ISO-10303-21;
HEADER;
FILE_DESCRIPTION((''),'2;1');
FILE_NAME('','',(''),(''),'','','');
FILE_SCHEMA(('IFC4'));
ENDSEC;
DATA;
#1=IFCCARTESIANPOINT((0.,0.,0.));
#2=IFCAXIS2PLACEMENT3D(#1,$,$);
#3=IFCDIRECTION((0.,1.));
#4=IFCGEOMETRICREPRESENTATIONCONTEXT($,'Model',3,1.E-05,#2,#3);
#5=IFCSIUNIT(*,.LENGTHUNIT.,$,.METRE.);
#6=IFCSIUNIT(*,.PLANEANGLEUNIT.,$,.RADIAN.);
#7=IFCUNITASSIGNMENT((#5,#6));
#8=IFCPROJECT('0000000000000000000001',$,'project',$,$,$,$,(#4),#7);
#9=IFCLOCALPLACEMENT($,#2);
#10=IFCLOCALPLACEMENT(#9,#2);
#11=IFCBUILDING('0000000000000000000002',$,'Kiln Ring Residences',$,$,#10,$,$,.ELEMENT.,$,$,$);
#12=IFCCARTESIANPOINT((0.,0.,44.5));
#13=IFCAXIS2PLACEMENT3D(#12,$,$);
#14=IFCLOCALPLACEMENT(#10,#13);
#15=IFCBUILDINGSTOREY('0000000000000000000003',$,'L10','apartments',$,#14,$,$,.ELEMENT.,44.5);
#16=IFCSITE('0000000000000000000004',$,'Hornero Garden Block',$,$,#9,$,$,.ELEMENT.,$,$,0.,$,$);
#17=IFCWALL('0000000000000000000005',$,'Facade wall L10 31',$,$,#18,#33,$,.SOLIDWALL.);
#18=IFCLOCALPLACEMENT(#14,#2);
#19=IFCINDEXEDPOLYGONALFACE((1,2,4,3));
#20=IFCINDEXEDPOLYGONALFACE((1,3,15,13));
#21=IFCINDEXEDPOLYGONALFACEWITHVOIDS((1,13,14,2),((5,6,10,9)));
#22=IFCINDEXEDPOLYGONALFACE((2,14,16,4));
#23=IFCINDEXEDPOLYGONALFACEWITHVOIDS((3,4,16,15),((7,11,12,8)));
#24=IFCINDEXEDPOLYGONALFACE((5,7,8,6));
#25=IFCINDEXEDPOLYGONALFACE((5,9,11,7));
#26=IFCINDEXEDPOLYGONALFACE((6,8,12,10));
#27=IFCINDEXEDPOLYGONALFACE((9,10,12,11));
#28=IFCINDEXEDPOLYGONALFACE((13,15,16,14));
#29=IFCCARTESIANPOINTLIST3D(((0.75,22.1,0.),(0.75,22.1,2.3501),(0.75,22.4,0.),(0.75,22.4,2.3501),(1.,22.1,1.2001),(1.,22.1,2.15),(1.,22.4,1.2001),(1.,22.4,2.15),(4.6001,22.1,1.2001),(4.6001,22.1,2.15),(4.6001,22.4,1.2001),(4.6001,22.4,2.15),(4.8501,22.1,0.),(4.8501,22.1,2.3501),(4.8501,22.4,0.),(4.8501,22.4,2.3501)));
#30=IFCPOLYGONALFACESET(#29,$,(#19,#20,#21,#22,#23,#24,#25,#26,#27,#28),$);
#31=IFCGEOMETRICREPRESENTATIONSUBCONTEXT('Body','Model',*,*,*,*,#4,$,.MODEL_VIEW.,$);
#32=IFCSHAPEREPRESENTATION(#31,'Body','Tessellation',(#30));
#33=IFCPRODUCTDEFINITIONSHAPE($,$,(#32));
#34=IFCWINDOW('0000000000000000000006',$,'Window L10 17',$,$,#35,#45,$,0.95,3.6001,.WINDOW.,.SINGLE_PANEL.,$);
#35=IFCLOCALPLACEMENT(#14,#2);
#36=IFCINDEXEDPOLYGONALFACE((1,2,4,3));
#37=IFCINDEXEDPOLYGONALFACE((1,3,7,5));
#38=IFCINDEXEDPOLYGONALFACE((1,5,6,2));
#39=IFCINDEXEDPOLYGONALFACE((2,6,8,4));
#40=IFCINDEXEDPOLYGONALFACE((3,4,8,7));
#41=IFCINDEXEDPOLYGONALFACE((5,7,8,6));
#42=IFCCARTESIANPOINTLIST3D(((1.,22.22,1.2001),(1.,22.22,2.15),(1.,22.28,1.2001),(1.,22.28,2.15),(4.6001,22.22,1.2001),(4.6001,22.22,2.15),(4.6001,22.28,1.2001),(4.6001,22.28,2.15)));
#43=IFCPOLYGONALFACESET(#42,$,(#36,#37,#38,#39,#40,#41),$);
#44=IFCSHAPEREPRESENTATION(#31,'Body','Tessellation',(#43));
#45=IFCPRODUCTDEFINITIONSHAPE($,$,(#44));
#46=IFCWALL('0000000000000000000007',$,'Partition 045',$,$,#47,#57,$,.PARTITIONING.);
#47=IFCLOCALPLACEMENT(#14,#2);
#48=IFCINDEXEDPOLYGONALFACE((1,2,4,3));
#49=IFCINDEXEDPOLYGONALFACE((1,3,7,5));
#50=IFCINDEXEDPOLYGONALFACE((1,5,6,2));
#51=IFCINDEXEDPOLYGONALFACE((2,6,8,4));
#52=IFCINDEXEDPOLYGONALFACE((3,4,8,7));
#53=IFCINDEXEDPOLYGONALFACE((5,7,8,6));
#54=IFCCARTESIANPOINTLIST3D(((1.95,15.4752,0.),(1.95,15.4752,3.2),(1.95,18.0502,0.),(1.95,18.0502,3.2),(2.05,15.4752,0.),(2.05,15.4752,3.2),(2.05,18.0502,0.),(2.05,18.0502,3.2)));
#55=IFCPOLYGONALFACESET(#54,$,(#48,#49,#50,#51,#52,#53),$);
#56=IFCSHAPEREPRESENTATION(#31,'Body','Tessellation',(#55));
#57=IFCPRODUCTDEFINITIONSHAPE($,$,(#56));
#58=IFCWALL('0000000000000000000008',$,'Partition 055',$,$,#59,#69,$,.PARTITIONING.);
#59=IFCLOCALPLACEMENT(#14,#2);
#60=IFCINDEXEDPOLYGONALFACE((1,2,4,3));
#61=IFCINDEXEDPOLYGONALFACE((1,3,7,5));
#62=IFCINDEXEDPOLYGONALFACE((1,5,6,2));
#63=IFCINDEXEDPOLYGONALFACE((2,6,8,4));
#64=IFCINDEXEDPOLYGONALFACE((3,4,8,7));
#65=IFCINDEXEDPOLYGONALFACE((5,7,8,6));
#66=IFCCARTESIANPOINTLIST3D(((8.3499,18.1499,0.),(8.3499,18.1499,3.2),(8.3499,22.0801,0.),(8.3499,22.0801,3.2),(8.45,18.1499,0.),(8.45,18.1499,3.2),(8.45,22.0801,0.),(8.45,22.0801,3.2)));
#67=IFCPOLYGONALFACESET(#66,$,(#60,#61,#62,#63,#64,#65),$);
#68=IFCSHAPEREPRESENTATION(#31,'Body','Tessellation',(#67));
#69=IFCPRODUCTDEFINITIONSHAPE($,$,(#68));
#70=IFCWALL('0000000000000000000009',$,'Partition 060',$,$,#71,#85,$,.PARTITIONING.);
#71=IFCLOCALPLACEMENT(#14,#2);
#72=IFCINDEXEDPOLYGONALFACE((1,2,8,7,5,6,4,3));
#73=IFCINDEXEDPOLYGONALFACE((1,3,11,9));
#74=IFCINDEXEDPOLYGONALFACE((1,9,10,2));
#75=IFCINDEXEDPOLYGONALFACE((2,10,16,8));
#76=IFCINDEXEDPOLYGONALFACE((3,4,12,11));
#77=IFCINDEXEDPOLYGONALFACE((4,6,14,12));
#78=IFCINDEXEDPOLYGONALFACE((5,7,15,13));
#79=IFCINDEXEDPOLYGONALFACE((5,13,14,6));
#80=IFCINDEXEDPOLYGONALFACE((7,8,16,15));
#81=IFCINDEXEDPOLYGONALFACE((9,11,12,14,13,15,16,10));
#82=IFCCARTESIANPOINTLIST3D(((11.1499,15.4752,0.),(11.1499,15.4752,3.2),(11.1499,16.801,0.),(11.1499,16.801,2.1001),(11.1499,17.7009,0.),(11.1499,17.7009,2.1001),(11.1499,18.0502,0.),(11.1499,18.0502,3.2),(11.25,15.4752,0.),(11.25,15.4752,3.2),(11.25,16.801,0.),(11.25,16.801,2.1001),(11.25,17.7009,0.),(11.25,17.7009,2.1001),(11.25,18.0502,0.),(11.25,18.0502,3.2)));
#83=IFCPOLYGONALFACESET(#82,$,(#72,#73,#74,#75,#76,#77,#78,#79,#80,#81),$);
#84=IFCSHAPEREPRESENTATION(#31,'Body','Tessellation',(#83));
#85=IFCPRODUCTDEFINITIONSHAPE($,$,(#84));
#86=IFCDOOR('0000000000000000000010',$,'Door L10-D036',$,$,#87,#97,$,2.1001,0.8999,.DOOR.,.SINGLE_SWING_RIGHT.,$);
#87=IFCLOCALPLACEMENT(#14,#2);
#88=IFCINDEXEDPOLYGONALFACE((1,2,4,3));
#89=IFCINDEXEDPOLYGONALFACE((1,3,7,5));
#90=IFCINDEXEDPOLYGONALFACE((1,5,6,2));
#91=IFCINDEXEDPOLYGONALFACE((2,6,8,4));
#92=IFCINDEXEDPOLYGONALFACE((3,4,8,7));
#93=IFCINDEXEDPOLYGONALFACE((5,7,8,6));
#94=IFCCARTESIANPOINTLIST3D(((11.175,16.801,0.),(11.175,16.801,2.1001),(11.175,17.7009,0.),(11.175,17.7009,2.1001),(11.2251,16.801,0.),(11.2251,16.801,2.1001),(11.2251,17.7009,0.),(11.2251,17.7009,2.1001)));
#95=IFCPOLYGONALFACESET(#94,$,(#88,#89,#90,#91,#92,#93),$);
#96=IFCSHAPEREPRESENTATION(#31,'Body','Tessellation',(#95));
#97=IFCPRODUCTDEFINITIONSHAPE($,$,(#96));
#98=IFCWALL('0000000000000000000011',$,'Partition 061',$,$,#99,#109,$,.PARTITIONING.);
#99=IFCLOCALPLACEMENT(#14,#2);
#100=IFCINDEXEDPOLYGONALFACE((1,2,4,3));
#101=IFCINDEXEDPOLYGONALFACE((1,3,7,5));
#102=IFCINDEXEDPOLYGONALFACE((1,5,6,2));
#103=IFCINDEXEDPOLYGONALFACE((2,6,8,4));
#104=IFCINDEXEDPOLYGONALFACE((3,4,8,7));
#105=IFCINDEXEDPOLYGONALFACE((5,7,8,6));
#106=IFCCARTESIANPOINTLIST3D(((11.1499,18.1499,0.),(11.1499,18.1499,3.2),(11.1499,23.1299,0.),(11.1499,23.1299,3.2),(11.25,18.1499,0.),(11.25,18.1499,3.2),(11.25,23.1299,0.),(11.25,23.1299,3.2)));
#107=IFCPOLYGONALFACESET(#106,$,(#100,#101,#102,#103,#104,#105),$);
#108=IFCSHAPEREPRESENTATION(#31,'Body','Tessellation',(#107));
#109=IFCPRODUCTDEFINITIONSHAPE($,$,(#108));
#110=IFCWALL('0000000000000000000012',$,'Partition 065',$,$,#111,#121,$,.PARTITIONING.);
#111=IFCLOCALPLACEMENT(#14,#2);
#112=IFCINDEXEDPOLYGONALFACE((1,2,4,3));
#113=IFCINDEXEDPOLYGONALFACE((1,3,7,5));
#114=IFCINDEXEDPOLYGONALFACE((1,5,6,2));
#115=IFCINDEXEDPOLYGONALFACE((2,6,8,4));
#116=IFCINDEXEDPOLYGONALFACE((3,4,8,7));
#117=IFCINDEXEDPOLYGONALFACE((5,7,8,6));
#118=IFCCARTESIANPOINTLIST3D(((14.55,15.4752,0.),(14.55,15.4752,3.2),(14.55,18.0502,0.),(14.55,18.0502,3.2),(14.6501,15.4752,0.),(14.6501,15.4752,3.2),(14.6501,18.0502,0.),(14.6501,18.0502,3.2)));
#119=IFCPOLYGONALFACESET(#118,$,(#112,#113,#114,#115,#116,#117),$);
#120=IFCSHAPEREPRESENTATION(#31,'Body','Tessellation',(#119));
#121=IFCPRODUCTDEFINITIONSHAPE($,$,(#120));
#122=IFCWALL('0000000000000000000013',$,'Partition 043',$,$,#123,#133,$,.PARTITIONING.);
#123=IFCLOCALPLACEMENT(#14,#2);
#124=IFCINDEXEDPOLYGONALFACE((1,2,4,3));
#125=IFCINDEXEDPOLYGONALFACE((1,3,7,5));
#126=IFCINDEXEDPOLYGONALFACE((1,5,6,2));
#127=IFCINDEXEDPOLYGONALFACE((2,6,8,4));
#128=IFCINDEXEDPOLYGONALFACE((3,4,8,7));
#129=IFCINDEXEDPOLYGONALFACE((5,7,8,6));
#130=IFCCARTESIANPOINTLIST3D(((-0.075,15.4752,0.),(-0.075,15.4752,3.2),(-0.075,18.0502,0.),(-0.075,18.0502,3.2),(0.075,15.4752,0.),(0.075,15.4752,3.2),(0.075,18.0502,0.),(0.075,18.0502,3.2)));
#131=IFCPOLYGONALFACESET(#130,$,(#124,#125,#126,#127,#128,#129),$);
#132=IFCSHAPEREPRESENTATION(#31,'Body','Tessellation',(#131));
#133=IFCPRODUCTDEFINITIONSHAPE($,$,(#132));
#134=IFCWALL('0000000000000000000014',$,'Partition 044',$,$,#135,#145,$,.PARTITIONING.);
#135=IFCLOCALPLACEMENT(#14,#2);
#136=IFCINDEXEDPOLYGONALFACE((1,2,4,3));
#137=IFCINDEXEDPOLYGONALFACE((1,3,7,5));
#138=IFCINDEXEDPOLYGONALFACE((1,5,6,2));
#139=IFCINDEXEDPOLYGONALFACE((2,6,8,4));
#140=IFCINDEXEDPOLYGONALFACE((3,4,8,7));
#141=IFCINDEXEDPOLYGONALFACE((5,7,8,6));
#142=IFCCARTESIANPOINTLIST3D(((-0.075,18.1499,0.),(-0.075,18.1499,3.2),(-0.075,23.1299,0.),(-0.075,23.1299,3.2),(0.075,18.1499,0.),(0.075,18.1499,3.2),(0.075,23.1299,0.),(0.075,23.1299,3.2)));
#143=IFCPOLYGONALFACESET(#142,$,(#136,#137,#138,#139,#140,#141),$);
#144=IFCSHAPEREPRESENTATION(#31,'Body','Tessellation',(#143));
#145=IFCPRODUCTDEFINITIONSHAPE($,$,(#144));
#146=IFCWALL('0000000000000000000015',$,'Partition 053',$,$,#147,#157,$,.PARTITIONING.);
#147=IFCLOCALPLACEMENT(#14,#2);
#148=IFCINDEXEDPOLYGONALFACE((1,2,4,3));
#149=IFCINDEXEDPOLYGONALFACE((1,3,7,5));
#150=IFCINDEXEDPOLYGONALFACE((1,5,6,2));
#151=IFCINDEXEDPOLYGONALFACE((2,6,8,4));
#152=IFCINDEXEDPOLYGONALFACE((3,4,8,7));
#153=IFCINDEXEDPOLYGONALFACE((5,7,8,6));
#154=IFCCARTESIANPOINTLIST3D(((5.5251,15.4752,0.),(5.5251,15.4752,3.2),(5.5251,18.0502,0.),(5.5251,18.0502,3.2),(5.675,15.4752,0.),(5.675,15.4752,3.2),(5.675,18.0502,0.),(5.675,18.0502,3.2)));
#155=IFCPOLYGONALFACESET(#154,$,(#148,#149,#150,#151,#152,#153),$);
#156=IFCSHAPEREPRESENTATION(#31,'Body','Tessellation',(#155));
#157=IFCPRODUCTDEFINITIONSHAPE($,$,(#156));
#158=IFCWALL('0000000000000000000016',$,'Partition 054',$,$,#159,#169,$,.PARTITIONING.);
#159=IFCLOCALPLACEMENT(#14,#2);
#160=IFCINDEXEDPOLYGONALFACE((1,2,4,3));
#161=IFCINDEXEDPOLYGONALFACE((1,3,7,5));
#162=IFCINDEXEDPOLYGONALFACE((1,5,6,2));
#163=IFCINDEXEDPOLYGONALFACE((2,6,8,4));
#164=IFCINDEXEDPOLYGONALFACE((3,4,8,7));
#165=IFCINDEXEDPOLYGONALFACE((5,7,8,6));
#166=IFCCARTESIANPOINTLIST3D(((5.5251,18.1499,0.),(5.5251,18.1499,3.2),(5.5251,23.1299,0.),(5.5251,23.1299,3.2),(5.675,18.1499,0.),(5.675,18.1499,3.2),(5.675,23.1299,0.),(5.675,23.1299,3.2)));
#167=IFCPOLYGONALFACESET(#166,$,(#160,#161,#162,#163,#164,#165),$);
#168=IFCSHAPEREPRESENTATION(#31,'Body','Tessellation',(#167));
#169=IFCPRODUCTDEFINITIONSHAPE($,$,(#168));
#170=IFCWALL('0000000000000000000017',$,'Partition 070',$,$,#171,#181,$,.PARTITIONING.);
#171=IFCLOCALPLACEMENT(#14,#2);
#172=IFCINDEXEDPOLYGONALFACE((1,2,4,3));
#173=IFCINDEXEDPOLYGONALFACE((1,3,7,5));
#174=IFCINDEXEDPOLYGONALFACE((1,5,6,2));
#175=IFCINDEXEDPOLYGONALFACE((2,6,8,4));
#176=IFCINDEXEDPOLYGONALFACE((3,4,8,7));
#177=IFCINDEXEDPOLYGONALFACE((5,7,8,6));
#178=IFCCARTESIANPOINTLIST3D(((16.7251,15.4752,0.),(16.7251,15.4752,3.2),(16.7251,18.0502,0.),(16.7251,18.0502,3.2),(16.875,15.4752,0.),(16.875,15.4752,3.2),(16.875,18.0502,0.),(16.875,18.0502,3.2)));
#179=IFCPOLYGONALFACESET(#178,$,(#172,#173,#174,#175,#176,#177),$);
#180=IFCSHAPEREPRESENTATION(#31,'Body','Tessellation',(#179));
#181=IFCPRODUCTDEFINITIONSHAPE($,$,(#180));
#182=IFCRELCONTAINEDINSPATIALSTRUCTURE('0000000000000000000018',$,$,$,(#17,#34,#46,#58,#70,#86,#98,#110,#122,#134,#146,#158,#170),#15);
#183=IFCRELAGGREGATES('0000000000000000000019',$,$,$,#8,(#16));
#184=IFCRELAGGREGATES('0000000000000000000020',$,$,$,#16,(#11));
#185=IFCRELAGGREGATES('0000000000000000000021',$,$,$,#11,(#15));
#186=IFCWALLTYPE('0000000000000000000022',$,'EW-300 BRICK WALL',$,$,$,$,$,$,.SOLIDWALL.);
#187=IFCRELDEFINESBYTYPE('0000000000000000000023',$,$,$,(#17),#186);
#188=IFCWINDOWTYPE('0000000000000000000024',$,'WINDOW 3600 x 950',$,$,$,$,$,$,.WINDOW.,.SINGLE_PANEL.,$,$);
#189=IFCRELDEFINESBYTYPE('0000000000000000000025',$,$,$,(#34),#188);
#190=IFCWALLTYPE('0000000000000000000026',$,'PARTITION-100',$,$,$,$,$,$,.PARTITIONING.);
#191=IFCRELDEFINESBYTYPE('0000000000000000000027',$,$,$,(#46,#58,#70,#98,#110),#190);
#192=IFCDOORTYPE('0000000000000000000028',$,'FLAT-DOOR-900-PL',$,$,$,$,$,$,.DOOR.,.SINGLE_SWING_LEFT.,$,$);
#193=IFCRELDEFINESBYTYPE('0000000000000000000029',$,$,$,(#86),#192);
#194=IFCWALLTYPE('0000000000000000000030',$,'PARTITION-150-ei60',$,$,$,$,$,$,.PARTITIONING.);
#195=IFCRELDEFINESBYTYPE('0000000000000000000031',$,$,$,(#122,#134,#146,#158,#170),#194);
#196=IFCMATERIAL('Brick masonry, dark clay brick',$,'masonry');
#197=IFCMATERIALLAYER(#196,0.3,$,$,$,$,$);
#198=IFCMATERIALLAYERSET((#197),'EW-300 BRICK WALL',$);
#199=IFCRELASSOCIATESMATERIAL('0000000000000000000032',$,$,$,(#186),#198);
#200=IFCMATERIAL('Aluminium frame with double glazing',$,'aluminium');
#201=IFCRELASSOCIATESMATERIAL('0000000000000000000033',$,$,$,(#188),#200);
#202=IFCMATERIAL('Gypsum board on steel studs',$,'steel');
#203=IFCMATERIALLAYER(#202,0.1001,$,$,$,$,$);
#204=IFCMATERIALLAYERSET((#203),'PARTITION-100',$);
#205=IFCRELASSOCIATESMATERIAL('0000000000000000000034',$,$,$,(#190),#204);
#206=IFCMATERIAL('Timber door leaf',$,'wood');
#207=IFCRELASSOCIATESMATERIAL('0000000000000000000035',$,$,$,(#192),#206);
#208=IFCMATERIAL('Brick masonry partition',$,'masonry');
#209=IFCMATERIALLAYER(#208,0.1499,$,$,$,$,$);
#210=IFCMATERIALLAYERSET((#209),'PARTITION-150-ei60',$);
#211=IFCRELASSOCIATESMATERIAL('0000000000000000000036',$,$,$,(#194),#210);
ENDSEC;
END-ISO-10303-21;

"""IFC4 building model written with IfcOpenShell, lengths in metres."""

from ifc_helpers import new_model, si_unit, direction, frame, frame_2d, origin, place, context, subcontext, project, spatial, rectangle, extrude, material, layer, layer_set, type_object, element, fill, save


model = new_model("IFC4")

# Units and contexts
model_context = context("Model", 3, precision=1e-05, world=origin(), true_north=direction((0.0, 1.0)))
body_context = subcontext(model_context, "Body", "Model", "MODEL_VIEW")
ifc_project = project(units=[si_unit("LENGTHUNIT", "METRE"), si_unit("PLANEANGLEUNIT", "RADIAN")], contexts=[model_context])

# Site, building, storey
site_placement = place(None, origin())
site = spatial("IfcSite", under=ifc_project, at=site_placement, Name="Hornero Garden Block", CompositionType="ELEMENT", RefElevation=0.0)
building_placement = place(site_placement, origin())
building = spatial("IfcBuilding", under=site, at=building_placement, Name="Kiln Ring Residences", CompositionType="ELEMENT")
storey_placement = place(building_placement, frame((0.0, 0.0, 44.5)))
storey = spatial("IfcBuildingStorey", under=building, at=storey_placement, Name="L10", Description="apartments", CompositionType="ELEMENT", Elevation=44.5)

# Shared definitions
ifc_material_1 = material(Name="Brick masonry, dark clay brick", Category="masonry")
ifc_layer_1 = layer(ifc_material_1, 0.3)
ifc_layer_set_1 = layer_set([ifc_layer_1], Name="EW-300 BRICK WALL")
wall_type_1 = type_object("IfcWallType", Name="EW-300 BRICK WALL", PredefinedType="SOLIDWALL", material=ifc_layer_set_1)
ifc_material_2 = material(Name="Aluminium frame with double glazing", Category="aluminium")
window_type_1 = type_object("IfcWindowType", Name="WINDOW 3600 x 950", PartitioningType="SINGLE_PANEL", PredefinedType="WINDOW", material=ifc_material_2)

# Wall, opening, window
wall_1_placement = place(storey_placement, frame((4.8501, 22.25, 0.0), z_axis=(0.0, 0.0, 1.0), x_axis=(-1.0, 0.0, 0.0)))
wall_1 = element("IfcWall", 1, at=wall_1_placement, inside=storey, type_object=wall_type_1, Name="Facade wall L10 31", PredefinedType="SOLIDWALL", context=body_context, shape_type="SweptSolid", body=[
    extrude(rectangle(XDim=4.1001, YDim=0.3, at=frame_2d((2.05, 0.0))), origin(), (0.0, 0.0, 1.0), 2.3501),
])
opening_1_placement = place(wall_1_placement, frame((0.25, 0.0, 1.2)))
opening_1 = element("IfcOpeningElement", 2, at=opening_1_placement, cuts=wall_1, PredefinedType="OPENING", context=body_context, shape_type="SweptSolid", body=[
    extrude(rectangle(XDim=3.6001, YDim=0.95, at=frame_2d((1.8, 0.4751))), frame((0.0, 0.1599, 0.0), z_axis=(0.0, -1.0, 0.0), x_axis=(1.0, 0.0, 0.0)), (0.0, 0.0, 1.0), 0.3201),
])
window_1_placement = place(opening_1_placement, origin())
window_1 = element("IfcWindow", 3, at=window_1_placement, inside=storey, type_object=window_type_1, Name="Window L10 17", OverallHeight=0.95, OverallWidth=3.6001, PartitioningType="SINGLE_PANEL", PredefinedType="WINDOW", context=body_context, shape_type="SweptSolid", body=[
    extrude(rectangle(XDim=3.6001, YDim=0.95, at=frame_2d((1.8, 0.4751))), frame((0.0, 0.03, 0.0), z_axis=(0.0, -1.0, 0.0), x_axis=(1.0, 0.0, 0.0)), (0.0, 0.0, 1.0), 0.0601),
])
fill(opening_1, window_1)

# Walls
ifc_material_3 = material(Name="Gypsum board on steel studs", Category="steel")
ifc_layer_2 = layer(ifc_material_3, 0.1001)
ifc_layer_set_2 = layer_set([ifc_layer_2], Name="PARTITION-100")
wall_type_2 = type_object("IfcWallType", Name="PARTITION-100", PredefinedType="PARTITIONING", material=ifc_layer_set_2)
wall_2_placement = place(storey_placement, frame((2.0, 15.4751, 0.0), z_axis=(0.0, 0.0, 1.0), x_axis=(0.0, 1.0, 0.0)))
element("IfcWall", 4, at=wall_2_placement, inside=storey, type_object=wall_type_2, Name="Partition 045", PredefinedType="PARTITIONING", context=body_context, shape_type="SweptSolid", body=[
    extrude(rectangle(XDim=2.575, YDim=0.1001, at=frame_2d((1.2876, 0.0))), origin(), (0.0, 0.0, 1.0), 3.2),
])
wall_3_placement = place(storey_placement, frame((8.3999, 18.1499, 0.0), z_axis=(0.0, 0.0, 1.0), x_axis=(0.0, 1.0, 0.0)))
element("IfcWall", 5, at=wall_3_placement, inside=storey, type_object=wall_type_2, Name="Partition 055", PredefinedType="PARTITIONING", context=body_context, shape_type="SweptSolid", body=[
    extrude(rectangle(XDim=3.9302, YDim=0.1001, at=frame_2d((1.9651, 0.0))), origin(), (0.0, 0.0, 1.0), 3.2),
])

# Wall, opening, door
wall_4_placement = place(storey_placement, frame((11.2, 15.4751, 0.0), z_axis=(0.0, 0.0, 1.0), x_axis=(0.0, 1.0, 0.0)))
wall_4 = element("IfcWall", 6, at=wall_4_placement, inside=storey, type_object=wall_type_2, Name="Partition 060", PredefinedType="PARTITIONING", context=body_context, shape_type="SweptSolid", body=[
    extrude(rectangle(XDim=2.575, YDim=0.1001, at=frame_2d((1.2876, 0.0))), origin(), (0.0, 0.0, 1.0), 3.2),
])
opening_2_placement = place(wall_4_placement, frame((1.3259, 0.0, 0.0)))
opening_2 = element("IfcOpeningElement", 7, at=opening_2_placement, cuts=wall_4, PredefinedType="OPENING", context=body_context, shape_type="SweptSolid", body=[
    extrude(rectangle(XDim=0.8999, YDim=2.1001, at=frame_2d((0.45, 1.05))), frame((0.0, 0.0601, 0.0), z_axis=(0.0, -1.0, 0.0), x_axis=(1.0, 0.0, 0.0)), (0.0, 0.0, 1.0), 0.1201),
])
ifc_material_4 = material(Name="Timber door leaf", Category="wood")
door_type = type_object("IfcDoorType", Name="FLAT-DOOR-900-PL", OperationType="SINGLE_SWING_LEFT", PredefinedType="DOOR", material=ifc_material_4)
door_placement = place(opening_2_placement, origin())
door = element("IfcDoor", 8, at=door_placement, inside=storey, type_object=door_type, Name="Door L10-D036", OperationType="SINGLE_SWING_RIGHT", OverallHeight=2.1001, OverallWidth=0.8999, PredefinedType="DOOR", context=body_context, shape_type="SweptSolid", body=[
    extrude(rectangle(XDim=0.8999, YDim=2.1001, at=frame_2d((0.45, 1.05))), frame((0.0, 0.0249, 0.0), z_axis=(0.0, -1.0, 0.0), x_axis=(1.0, 0.0, 0.0)), (0.0, 0.0, 1.0), 0.05),
])
fill(opening_2, door)

# Walls
wall_5_placement = place(storey_placement, frame((11.2, 18.1499, 0.0), z_axis=(0.0, 0.0, 1.0), x_axis=(0.0, 1.0, 0.0)))
element("IfcWall", 9, at=wall_5_placement, inside=storey, type_object=wall_type_2, Name="Partition 061", PredefinedType="PARTITIONING", context=body_context, shape_type="SweptSolid", body=[
    extrude(rectangle(XDim=4.98, YDim=0.1001, at=frame_2d((2.49, 0.0))), origin(), (0.0, 0.0, 1.0), 3.2),
])
wall_6_placement = place(storey_placement, frame((14.6001, 15.4751, 0.0), z_axis=(0.0, 0.0, 1.0), x_axis=(0.0, 1.0, 0.0)))
element("IfcWall", 10, at=wall_6_placement, inside=storey, type_object=wall_type_2, Name="Partition 065", PredefinedType="PARTITIONING", context=body_context, shape_type="SweptSolid", body=[
    extrude(rectangle(XDim=2.575, YDim=0.1001, at=frame_2d((1.2876, 0.0))), origin(), (0.0, 0.0, 1.0), 3.2),
])
ifc_material_5 = material(Name="Brick masonry partition", Category="masonry")
ifc_layer_3 = layer(ifc_material_5, 0.1499)
ifc_layer_set_3 = layer_set([ifc_layer_3], Name="PARTITION-150-ei60")
wall_type_3 = type_object("IfcWallType", Name="PARTITION-150-ei60", PredefinedType="PARTITIONING", material=ifc_layer_set_3)
wall_7_placement = place(storey_placement, frame((0.0, 15.4751, 0.0), z_axis=(0.0, 0.0, 1.0), x_axis=(0.0, 1.0, 0.0)))
element("IfcWall", 11, at=wall_7_placement, inside=storey, type_object=wall_type_3, Name="Partition 043", PredefinedType="PARTITIONING", context=body_context, shape_type="SweptSolid", body=[
    extrude(rectangle(XDim=2.575, YDim=0.1499, at=frame_2d((1.2876, 0.0))), origin(), (0.0, 0.0, 1.0), 3.2),
])
wall_8_placement = place(storey_placement, frame((0.0, 18.1499, 0.0), z_axis=(0.0, 0.0, 1.0), x_axis=(0.0, 1.0, 0.0)))
element("IfcWall", 12, at=wall_8_placement, inside=storey, type_object=wall_type_3, Name="Partition 044", PredefinedType="PARTITIONING", context=body_context, shape_type="SweptSolid", body=[
    extrude(rectangle(XDim=4.98, YDim=0.1499, at=frame_2d((2.49, 0.0))), origin(), (0.0, 0.0, 1.0), 3.2),
])
wall_9_placement = place(storey_placement, frame((5.6001, 15.4751, 0.0), z_axis=(0.0, 0.0, 1.0), x_axis=(0.0, 1.0, 0.0)))
element("IfcWall", 13, at=wall_9_placement, inside=storey, type_object=wall_type_3, Name="Partition 053", PredefinedType="PARTITIONING", context=body_context, shape_type="SweptSolid", body=[
    extrude(rectangle(XDim=2.575, YDim=0.1499, at=frame_2d((1.2876, 0.0))), origin(), (0.0, 0.0, 1.0), 3.2),
])
wall_10_placement = place(storey_placement, frame((5.6001, 18.1499, 0.0), z_axis=(0.0, 0.0, 1.0), x_axis=(0.0, 1.0, 0.0)))
element("IfcWall", 14, at=wall_10_placement, inside=storey, type_object=wall_type_3, Name="Partition 054", PredefinedType="PARTITIONING", context=body_context, shape_type="SweptSolid", body=[
    extrude(rectangle(XDim=4.98, YDim=0.1499, at=frame_2d((2.49, 0.0))), origin(), (0.0, 0.0, 1.0), 3.2),
])
wall_11_placement = place(storey_placement, frame((16.8, 15.4751, 0.0), z_axis=(0.0, 0.0, 1.0), x_axis=(0.0, 1.0, 0.0)))
element("IfcWall", 15, at=wall_11_placement, inside=storey, type_object=wall_type_3, Name="Partition 070", PredefinedType="PARTITIONING", context=body_context, shape_type="SweptSolid", body=[
    extrude(rectangle(XDim=2.575, YDim=0.1499, at=frame_2d((1.2876, 0.0))), origin(), (0.0, 0.0, 1.0), 3.2),
])

save(model, "model.ifc")
